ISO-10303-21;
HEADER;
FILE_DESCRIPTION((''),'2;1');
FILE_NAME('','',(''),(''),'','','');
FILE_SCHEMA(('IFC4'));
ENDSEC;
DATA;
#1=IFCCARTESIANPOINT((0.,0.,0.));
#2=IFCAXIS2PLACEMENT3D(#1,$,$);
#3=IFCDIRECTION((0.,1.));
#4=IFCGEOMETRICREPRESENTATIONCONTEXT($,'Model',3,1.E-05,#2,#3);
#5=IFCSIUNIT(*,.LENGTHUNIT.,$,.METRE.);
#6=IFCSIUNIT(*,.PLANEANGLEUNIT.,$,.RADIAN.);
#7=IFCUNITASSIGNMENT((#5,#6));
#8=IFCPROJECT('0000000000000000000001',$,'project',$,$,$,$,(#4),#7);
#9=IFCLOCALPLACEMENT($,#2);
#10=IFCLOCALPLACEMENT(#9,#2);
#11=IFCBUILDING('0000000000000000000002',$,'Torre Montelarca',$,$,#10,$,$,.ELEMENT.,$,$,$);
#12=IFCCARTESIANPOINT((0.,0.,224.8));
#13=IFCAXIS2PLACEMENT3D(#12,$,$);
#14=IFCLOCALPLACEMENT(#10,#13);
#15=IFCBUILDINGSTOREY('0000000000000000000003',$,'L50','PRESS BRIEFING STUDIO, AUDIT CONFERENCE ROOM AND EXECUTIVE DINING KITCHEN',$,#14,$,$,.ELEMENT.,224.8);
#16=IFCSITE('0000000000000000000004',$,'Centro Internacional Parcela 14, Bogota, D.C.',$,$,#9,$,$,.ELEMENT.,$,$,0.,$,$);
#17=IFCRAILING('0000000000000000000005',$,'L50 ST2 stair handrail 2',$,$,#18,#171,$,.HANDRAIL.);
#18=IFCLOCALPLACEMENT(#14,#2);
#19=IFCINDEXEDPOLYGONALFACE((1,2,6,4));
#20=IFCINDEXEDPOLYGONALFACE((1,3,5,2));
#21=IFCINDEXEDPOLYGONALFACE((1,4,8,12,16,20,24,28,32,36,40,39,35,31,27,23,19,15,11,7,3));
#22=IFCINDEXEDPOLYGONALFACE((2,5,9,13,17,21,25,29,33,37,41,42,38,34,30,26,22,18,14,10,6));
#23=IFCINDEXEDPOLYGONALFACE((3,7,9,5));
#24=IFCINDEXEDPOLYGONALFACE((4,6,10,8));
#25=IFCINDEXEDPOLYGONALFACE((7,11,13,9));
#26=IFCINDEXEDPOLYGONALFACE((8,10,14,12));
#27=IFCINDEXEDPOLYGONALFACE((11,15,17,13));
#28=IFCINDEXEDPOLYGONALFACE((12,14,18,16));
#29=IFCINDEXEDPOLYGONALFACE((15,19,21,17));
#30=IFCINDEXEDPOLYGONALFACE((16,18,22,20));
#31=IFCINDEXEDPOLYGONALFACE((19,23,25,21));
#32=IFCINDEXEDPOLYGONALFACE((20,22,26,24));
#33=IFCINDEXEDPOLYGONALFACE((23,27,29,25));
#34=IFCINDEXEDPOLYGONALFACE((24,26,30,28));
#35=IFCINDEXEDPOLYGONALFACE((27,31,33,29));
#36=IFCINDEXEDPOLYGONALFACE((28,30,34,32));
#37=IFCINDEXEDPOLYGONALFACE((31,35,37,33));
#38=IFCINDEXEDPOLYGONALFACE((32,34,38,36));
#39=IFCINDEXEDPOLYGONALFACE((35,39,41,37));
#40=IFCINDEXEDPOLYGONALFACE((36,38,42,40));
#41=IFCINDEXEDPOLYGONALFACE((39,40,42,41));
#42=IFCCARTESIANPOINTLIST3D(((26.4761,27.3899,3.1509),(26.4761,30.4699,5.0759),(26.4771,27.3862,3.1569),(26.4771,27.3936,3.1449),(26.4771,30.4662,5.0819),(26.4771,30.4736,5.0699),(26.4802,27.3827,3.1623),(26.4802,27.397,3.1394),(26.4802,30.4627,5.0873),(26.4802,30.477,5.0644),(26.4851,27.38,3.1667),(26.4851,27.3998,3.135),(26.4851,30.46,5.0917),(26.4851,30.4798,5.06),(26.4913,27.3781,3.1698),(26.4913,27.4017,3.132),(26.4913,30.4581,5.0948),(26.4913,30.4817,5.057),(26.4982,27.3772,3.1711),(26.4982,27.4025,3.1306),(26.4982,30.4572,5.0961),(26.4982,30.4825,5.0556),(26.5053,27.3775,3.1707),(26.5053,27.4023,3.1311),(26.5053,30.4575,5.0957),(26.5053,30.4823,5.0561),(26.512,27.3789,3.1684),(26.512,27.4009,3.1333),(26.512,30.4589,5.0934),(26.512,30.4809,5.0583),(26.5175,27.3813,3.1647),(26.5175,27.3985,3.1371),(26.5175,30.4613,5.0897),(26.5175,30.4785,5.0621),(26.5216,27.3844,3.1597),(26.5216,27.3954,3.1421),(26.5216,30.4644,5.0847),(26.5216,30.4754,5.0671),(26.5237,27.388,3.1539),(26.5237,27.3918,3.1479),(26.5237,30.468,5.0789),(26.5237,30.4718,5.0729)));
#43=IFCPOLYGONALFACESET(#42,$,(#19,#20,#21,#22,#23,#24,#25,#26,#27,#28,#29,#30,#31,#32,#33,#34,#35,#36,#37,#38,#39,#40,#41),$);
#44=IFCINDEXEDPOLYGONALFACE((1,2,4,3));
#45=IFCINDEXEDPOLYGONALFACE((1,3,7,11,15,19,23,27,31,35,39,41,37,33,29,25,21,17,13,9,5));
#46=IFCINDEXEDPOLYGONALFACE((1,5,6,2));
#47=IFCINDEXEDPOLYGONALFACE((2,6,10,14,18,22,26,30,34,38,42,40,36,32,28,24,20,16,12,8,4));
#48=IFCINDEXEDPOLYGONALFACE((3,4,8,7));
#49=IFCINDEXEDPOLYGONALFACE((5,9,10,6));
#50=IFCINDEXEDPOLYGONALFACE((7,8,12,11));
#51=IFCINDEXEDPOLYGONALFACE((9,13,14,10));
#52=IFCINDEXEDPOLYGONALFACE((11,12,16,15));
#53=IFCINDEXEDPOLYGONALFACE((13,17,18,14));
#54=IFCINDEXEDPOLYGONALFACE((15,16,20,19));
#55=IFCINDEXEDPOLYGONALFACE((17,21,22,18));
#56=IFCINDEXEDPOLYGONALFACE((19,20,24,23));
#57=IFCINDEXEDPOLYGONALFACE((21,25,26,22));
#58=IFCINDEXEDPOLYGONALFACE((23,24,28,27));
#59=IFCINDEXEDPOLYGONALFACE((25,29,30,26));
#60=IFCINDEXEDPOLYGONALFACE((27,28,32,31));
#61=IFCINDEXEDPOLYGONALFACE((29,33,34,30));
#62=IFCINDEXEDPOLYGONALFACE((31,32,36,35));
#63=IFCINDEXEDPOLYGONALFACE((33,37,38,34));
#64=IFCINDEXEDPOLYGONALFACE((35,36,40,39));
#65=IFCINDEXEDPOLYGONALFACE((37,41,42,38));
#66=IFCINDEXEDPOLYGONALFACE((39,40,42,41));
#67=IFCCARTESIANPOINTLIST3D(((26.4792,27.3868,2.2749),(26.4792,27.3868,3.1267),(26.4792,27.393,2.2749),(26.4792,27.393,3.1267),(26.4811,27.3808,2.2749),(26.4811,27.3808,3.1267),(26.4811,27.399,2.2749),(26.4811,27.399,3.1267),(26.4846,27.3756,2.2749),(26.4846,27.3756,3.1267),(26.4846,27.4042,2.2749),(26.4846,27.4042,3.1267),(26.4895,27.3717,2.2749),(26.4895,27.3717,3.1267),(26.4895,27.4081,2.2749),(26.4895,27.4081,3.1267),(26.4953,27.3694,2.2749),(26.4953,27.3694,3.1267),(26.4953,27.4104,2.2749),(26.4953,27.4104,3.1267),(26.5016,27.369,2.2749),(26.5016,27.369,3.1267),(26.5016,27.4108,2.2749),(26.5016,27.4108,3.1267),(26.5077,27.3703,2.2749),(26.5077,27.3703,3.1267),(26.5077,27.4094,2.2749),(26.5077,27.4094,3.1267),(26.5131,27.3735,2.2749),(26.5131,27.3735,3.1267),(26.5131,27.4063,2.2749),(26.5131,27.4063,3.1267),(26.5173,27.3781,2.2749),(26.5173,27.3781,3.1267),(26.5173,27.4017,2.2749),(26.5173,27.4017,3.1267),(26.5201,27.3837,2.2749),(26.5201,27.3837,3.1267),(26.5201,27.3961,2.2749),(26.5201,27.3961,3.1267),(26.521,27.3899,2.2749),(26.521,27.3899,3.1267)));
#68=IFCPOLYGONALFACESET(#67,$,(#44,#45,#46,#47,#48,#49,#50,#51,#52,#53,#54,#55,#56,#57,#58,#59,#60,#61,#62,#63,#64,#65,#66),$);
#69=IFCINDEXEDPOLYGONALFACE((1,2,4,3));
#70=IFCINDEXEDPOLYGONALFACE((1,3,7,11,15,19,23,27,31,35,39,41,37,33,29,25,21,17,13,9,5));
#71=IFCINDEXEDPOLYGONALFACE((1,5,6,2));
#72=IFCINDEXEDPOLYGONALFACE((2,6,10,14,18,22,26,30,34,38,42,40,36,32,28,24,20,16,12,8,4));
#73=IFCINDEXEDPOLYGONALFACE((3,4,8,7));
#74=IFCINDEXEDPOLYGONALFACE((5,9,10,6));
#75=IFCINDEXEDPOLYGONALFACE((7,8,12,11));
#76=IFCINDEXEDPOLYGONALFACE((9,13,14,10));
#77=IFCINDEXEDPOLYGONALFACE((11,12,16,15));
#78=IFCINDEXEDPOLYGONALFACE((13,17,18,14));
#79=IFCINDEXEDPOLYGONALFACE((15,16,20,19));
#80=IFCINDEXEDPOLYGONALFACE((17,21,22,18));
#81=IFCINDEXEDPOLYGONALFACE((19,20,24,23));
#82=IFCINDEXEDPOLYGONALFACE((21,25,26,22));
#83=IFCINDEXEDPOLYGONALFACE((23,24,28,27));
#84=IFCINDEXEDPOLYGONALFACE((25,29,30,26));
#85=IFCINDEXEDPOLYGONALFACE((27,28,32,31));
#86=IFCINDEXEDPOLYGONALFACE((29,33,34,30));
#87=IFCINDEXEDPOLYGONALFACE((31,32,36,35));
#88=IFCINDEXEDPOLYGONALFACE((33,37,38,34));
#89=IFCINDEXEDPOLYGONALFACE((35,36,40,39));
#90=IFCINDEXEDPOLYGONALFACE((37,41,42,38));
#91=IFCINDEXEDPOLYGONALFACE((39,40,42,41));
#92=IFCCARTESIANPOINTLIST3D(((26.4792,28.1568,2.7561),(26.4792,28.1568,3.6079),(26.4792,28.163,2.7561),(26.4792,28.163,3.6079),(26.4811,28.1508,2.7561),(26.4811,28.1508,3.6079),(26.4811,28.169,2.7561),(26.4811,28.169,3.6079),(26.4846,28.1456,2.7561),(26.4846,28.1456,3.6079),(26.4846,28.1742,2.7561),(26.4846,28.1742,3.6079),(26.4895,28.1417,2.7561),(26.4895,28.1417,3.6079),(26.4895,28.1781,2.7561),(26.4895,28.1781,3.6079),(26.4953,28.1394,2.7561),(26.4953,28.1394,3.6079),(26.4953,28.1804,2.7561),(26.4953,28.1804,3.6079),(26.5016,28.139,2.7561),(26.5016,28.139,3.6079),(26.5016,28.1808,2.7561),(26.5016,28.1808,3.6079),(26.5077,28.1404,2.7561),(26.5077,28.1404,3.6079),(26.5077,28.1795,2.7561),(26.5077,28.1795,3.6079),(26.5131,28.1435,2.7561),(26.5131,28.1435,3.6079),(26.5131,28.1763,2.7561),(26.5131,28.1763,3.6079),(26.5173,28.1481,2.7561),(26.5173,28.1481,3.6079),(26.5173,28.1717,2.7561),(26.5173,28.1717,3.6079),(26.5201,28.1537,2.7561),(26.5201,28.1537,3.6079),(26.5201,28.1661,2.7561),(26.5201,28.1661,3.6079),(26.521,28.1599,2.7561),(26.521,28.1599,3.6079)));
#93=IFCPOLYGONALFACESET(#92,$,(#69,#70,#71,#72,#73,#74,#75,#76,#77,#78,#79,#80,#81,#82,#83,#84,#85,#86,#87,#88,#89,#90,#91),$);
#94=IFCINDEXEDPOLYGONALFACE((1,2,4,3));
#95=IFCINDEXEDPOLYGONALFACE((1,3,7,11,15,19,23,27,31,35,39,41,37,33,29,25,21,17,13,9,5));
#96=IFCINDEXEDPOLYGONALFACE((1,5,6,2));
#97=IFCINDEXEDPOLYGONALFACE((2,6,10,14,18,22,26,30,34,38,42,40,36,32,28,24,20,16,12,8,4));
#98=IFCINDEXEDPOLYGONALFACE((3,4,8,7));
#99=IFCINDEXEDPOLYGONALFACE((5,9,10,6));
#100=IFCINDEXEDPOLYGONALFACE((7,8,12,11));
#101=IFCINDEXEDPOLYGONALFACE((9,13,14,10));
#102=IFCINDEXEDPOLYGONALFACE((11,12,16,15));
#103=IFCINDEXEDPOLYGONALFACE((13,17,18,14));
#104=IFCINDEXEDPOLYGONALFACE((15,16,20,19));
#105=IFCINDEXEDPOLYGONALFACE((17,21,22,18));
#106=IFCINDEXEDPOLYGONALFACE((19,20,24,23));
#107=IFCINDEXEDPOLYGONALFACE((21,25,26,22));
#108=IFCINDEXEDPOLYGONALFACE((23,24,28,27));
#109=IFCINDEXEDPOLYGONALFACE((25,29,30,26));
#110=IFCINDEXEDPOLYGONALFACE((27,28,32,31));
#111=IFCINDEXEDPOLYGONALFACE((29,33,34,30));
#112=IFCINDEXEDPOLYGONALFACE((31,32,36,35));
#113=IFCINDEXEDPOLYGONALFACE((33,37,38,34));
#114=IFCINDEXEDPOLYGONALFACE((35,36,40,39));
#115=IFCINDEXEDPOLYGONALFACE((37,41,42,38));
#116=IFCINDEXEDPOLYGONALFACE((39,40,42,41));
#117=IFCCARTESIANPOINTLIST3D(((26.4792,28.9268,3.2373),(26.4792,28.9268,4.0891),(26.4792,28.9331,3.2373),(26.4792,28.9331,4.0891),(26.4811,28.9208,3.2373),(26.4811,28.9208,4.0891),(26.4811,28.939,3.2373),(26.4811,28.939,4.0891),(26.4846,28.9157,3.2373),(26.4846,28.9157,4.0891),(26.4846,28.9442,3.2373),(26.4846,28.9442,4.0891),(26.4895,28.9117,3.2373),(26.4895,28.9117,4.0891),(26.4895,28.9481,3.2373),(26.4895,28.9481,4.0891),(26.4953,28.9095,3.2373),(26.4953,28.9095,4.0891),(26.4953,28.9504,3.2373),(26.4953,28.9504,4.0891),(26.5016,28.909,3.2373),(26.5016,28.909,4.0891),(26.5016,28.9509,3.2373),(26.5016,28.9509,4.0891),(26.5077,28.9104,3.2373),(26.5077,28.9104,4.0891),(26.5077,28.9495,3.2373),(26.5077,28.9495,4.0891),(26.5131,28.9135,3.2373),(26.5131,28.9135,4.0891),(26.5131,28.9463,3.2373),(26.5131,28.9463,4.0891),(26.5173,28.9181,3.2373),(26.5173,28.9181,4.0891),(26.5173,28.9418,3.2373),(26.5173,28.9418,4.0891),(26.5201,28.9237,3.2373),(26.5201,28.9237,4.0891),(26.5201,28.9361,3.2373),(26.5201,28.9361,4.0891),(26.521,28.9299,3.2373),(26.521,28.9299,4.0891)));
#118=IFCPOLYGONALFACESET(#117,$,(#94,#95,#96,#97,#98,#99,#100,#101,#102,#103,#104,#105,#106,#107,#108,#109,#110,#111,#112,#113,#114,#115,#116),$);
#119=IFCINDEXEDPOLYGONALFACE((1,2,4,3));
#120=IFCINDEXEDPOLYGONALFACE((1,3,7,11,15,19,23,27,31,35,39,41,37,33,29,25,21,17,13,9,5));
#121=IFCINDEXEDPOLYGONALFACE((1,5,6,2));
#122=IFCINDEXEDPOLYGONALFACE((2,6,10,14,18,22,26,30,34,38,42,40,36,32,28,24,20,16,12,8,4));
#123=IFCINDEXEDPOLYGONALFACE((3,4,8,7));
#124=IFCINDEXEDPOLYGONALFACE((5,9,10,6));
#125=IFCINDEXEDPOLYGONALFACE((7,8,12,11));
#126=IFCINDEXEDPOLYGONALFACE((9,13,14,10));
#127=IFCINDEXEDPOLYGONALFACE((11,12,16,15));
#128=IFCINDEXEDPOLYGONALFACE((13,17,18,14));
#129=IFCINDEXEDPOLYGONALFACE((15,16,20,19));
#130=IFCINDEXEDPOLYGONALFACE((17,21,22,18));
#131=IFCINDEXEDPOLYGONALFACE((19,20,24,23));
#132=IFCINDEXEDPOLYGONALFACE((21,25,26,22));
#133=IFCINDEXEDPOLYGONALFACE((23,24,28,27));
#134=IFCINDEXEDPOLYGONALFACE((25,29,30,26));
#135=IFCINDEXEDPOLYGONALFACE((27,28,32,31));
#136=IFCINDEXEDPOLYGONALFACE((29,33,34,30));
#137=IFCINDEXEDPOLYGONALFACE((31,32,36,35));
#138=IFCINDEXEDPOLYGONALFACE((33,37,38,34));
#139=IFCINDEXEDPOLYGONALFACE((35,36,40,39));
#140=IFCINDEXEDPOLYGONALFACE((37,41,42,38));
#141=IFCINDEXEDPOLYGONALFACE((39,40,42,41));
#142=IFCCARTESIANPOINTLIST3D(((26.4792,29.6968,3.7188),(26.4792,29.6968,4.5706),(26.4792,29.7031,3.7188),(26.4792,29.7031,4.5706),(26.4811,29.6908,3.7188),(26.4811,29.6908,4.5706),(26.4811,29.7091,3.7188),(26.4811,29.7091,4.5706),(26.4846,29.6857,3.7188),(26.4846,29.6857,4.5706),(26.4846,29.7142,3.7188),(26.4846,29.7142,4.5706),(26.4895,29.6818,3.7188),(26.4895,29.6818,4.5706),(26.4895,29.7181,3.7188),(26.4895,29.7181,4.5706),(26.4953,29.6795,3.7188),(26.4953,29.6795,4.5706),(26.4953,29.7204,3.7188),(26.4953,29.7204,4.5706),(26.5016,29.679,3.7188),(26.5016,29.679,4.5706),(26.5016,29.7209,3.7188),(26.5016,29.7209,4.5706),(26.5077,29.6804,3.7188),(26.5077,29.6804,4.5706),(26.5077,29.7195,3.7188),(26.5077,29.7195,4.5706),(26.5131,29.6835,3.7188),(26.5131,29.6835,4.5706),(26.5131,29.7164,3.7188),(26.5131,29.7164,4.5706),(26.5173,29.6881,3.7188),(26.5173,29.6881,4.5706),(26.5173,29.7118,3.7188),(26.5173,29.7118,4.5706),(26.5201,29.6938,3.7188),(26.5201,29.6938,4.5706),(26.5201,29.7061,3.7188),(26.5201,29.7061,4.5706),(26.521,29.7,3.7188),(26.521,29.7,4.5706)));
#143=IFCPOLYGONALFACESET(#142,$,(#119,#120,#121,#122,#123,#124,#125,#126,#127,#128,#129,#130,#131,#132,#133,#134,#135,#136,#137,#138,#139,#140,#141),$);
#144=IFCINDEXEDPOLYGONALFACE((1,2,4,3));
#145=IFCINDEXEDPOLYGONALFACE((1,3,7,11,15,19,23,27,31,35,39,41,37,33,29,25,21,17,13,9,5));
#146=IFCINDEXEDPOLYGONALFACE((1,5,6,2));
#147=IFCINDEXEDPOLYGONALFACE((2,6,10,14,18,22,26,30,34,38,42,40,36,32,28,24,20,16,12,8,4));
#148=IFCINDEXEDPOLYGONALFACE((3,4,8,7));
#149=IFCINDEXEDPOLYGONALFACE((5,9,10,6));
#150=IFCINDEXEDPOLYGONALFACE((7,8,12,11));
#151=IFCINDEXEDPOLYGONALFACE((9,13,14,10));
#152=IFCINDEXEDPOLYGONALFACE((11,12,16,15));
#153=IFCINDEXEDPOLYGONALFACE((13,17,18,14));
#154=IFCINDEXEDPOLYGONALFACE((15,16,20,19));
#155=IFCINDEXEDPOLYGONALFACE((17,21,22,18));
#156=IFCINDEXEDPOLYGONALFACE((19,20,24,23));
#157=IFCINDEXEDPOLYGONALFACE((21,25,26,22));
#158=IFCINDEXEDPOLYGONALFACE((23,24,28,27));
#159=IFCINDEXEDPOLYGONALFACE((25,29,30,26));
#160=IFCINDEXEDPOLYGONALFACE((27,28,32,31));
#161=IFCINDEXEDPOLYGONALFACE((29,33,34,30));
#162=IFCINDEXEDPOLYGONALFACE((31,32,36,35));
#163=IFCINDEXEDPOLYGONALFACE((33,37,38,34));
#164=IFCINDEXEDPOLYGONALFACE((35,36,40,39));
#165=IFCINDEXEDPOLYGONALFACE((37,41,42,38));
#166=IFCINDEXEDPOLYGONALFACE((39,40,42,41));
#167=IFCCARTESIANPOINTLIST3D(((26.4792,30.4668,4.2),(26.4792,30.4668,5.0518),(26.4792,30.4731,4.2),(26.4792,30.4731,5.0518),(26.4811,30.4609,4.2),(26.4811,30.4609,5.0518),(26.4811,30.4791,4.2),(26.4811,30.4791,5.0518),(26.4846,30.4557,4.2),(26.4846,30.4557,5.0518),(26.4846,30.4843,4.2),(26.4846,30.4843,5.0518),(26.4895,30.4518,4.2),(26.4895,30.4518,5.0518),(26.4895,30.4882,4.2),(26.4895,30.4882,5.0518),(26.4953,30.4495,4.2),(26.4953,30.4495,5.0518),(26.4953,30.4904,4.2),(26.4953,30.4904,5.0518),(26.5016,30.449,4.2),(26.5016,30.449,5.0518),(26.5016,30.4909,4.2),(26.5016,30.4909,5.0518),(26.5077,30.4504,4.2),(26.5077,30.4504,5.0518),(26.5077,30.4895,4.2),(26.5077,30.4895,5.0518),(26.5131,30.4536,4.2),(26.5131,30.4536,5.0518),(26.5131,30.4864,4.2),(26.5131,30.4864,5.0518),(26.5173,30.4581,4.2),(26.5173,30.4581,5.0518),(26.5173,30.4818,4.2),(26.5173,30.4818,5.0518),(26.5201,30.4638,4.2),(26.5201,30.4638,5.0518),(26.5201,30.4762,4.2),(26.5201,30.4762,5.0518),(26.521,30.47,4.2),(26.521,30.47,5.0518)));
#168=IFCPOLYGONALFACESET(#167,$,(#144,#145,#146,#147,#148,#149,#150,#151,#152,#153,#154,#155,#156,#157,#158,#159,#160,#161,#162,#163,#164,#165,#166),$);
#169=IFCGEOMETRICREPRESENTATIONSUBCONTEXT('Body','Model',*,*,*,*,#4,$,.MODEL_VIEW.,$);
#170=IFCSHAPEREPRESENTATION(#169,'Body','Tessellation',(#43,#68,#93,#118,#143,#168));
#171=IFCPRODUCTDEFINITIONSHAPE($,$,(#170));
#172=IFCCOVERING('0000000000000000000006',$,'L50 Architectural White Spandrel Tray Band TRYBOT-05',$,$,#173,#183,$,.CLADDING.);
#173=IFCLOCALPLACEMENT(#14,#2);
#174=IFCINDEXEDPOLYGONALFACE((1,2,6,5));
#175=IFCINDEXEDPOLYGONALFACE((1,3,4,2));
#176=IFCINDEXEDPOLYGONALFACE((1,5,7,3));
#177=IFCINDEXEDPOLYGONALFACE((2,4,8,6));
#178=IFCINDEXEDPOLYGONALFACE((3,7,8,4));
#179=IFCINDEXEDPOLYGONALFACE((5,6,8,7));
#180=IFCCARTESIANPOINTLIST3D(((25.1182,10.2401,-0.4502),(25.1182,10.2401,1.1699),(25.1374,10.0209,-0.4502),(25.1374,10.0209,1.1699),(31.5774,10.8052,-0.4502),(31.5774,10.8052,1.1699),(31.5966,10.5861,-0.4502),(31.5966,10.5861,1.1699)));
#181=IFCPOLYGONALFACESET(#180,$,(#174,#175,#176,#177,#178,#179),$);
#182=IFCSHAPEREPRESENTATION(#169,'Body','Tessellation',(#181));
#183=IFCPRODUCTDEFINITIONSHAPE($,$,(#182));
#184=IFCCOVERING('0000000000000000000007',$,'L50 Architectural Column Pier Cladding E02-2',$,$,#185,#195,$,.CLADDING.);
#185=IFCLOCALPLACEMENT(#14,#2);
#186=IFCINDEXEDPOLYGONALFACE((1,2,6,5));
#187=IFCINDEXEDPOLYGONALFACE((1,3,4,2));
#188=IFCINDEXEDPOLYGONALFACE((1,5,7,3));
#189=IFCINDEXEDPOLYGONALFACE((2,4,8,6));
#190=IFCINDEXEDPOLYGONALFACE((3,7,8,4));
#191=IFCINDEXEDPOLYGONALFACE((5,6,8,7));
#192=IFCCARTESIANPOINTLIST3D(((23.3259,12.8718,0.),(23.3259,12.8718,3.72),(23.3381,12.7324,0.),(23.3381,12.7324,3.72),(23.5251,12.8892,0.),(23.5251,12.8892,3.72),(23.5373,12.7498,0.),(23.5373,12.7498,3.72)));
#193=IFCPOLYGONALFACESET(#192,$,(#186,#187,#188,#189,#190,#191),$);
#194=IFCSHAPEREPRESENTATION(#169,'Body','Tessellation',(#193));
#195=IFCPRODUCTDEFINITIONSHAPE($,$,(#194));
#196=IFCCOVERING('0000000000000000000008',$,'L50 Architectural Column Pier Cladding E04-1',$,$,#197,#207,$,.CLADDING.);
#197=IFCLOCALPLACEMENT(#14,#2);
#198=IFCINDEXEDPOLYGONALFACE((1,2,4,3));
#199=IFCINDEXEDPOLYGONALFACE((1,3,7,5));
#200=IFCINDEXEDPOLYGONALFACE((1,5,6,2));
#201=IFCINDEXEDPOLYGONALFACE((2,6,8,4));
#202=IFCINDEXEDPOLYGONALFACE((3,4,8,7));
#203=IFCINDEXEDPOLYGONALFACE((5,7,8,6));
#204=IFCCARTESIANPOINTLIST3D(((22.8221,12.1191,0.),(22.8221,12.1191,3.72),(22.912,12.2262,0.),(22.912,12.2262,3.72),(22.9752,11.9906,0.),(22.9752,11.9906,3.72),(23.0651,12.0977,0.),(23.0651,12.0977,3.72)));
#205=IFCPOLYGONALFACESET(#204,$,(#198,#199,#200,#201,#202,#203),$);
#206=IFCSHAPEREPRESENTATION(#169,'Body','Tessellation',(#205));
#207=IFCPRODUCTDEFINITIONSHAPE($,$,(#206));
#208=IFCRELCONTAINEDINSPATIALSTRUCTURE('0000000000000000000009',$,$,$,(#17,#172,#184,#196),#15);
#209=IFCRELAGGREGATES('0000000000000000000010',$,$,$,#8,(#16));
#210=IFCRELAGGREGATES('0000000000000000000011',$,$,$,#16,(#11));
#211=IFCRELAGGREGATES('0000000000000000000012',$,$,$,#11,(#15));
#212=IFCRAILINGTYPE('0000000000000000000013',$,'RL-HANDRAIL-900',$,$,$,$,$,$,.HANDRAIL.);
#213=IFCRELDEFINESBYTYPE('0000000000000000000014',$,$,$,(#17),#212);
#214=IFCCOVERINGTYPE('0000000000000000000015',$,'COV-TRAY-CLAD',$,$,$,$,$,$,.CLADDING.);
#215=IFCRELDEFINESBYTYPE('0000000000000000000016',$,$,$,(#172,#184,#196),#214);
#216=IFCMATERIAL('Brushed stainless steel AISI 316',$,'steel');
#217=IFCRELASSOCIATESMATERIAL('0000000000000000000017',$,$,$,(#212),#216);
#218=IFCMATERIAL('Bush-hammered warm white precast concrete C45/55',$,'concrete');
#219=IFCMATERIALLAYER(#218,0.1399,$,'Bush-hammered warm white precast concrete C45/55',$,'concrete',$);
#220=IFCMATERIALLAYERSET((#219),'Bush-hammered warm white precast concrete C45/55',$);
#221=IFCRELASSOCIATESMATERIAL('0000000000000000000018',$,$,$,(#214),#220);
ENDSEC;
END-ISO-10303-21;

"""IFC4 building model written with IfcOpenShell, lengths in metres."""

from ifc_helpers import new_model, si_unit, direction, frame, origin, origin_2d, place, context, subcontext, project, spatial, rectangle, circle, extrude, source, transform, mapped, material, layer, layer_set, type_object, element, save


model = new_model("IFC4")

# Units and contexts
model_context = context("Model", 3, precision=1e-05, world=origin(), true_north=direction((0.0, 1.0)))
body_context = subcontext(model_context, "Body", "Model", "MODEL_VIEW")
ifc_project = project(units=[si_unit("LENGTHUNIT", "METRE"), si_unit("PLANEANGLEUNIT", "RADIAN")], contexts=[model_context])

# Site, building, storey
site_placement = place(None, origin())
site = spatial("IfcSite", under=ifc_project, at=site_placement, Name="Centro Internacional Parcela 14, Bogota, D.C.", CompositionType="ELEMENT", RefElevation=0.0)
building_placement = place(site_placement, origin())
building = spatial("IfcBuilding", under=site, at=building_placement, Name="Torre Montelarca", CompositionType="ELEMENT")
storey_placement = place(building_placement, frame((0.0, 0.0, 224.8)))
storey = spatial("IfcBuildingStorey", under=building, at=storey_placement, Name="L50", Description="PRESS BRIEFING STUDIO, AUDIT CONFERENCE ROOM AND EXECUTIVE DINING KITCHEN", CompositionType="ELEMENT", Elevation=224.8)

# Railing
ifc_material_1 = material(Name="Brushed stainless steel AISI 316", Category="steel")
railing_type_1 = type_object("IfcRailingType", Name="RL-HANDRAIL-900", PredefinedType="HANDRAIL", material=ifc_material_1)
railing_1_placement = place(storey_placement, frame((26.5, 27.3899, 2.2749)))
element("IfcRailing", 1, at=railing_1_placement, inside=storey, type_object=railing_type_1, Name="L50 ST2 stair handrail 2", PredefinedType="HANDRAIL", context=body_context, shape_type="SweptSolid", body=[
    extrude(circle(Radius=0.0239, at=origin_2d()), frame((0.0, 0.0, 0.876), z_axis=(0.0, 0.847998, 0.529999), x_axis=(-1.0, 0.0, 0.0)), (0.0, 0.0, 1.0), 3.6321),
    extrude(circle(Radius=0.021, at=origin_2d()), origin(), (0.0, 0.0, 1.0), 0.8518),
    extrude(circle(Radius=0.021, at=origin_2d()), frame((0.0, 0.77, 0.4812)), (0.0, 0.0, 1.0), 0.8518),
    extrude(circle(Radius=0.021, at=origin_2d()), frame((0.0, 1.54, 0.9624)), (0.0, 0.0, 1.0), 0.8518),
    extrude(circle(Radius=0.021, at=origin_2d()), frame((0.0, 2.3101, 1.4438)), (0.0, 0.0, 1.0), 0.8518),
    extrude(circle(Radius=0.021, at=origin_2d()), frame((0.0, 3.0801, 1.925)), (0.0, 0.0, 1.0), 0.8518),
])

# Coverings
ifc_material_2 = material(Name="Bush-hammered warm white precast concrete C45/55", Category="concrete")
ifc_layer_1 = layer(ifc_material_2, 0.1399, Name="Bush-hammered warm white precast concrete C45/55", Category="concrete")
ifc_layer_set_1 = layer_set([ifc_layer_1], Name="Bush-hammered warm white precast concrete C45/55")
covering_type = type_object("IfcCoveringType", Name="COV-TRAY-CLAD", PredefinedType="CLADDING", material=ifc_layer_set_1)
shared_shape_1 = source(origin(), body_context, "Body", "SweptSolid", [
    extrude(rectangle(XDim=6.4839, YDim=0.22, at=origin_2d()), origin(), (0.0, 0.0, 1.0), 1.6201),
])
covering_1_placement = place(storey_placement, frame((28.3574, 10.4131, -0.4502), z_axis=(0.0, 0.0, 1.0), x_axis=(0.996194, 0.087163, 0.0)))
element("IfcCovering", 2, at=covering_1_placement, inside=storey, type_object=covering_type, Name="L50 Architectural White Spandrel Tray Band TRYBOT-05", PredefinedType="CLADDING", context=body_context, shape_type="MappedRepresentation", body=[
    mapped(shared_shape_1, transform((0.0, 0.0, 0.0), scale=1.0)),
])
shared_shape_2 = source(origin(), body_context, "Body", "SweptSolid", [
    extrude(rectangle(XDim=0.2, YDim=0.1399, at=origin_2d()), origin(), (0.0, 0.0, 1.0), 3.72),
])
for number, where, z_axis, x_axis, name in (
    (3, (23.4316, 12.8108, 0.0), (0.0, 0.0, 1.0), (0.996192, 0.087184, 0.0), "L50 Architectural Column Pier Cladding E02-2"),
    (4, (22.9436, 12.1084, 0.0), (0.0, 0.0, 1.0), (0.766028, -0.642808, 0.0), "L50 Architectural Column Pier Cladding E04-1"),
):
    element("IfcCovering", number, at=place(storey_placement, frame(where, z_axis=z_axis, x_axis=x_axis)), inside=storey, type_object=covering_type, Name=name, PredefinedType="CLADDING", context=body_context, shape_type="MappedRepresentation", body=[
        mapped(shared_shape_2, transform((0.0, 0.0, 0.0), scale=1.0)),
    ])

save(model, "model.ifc")
